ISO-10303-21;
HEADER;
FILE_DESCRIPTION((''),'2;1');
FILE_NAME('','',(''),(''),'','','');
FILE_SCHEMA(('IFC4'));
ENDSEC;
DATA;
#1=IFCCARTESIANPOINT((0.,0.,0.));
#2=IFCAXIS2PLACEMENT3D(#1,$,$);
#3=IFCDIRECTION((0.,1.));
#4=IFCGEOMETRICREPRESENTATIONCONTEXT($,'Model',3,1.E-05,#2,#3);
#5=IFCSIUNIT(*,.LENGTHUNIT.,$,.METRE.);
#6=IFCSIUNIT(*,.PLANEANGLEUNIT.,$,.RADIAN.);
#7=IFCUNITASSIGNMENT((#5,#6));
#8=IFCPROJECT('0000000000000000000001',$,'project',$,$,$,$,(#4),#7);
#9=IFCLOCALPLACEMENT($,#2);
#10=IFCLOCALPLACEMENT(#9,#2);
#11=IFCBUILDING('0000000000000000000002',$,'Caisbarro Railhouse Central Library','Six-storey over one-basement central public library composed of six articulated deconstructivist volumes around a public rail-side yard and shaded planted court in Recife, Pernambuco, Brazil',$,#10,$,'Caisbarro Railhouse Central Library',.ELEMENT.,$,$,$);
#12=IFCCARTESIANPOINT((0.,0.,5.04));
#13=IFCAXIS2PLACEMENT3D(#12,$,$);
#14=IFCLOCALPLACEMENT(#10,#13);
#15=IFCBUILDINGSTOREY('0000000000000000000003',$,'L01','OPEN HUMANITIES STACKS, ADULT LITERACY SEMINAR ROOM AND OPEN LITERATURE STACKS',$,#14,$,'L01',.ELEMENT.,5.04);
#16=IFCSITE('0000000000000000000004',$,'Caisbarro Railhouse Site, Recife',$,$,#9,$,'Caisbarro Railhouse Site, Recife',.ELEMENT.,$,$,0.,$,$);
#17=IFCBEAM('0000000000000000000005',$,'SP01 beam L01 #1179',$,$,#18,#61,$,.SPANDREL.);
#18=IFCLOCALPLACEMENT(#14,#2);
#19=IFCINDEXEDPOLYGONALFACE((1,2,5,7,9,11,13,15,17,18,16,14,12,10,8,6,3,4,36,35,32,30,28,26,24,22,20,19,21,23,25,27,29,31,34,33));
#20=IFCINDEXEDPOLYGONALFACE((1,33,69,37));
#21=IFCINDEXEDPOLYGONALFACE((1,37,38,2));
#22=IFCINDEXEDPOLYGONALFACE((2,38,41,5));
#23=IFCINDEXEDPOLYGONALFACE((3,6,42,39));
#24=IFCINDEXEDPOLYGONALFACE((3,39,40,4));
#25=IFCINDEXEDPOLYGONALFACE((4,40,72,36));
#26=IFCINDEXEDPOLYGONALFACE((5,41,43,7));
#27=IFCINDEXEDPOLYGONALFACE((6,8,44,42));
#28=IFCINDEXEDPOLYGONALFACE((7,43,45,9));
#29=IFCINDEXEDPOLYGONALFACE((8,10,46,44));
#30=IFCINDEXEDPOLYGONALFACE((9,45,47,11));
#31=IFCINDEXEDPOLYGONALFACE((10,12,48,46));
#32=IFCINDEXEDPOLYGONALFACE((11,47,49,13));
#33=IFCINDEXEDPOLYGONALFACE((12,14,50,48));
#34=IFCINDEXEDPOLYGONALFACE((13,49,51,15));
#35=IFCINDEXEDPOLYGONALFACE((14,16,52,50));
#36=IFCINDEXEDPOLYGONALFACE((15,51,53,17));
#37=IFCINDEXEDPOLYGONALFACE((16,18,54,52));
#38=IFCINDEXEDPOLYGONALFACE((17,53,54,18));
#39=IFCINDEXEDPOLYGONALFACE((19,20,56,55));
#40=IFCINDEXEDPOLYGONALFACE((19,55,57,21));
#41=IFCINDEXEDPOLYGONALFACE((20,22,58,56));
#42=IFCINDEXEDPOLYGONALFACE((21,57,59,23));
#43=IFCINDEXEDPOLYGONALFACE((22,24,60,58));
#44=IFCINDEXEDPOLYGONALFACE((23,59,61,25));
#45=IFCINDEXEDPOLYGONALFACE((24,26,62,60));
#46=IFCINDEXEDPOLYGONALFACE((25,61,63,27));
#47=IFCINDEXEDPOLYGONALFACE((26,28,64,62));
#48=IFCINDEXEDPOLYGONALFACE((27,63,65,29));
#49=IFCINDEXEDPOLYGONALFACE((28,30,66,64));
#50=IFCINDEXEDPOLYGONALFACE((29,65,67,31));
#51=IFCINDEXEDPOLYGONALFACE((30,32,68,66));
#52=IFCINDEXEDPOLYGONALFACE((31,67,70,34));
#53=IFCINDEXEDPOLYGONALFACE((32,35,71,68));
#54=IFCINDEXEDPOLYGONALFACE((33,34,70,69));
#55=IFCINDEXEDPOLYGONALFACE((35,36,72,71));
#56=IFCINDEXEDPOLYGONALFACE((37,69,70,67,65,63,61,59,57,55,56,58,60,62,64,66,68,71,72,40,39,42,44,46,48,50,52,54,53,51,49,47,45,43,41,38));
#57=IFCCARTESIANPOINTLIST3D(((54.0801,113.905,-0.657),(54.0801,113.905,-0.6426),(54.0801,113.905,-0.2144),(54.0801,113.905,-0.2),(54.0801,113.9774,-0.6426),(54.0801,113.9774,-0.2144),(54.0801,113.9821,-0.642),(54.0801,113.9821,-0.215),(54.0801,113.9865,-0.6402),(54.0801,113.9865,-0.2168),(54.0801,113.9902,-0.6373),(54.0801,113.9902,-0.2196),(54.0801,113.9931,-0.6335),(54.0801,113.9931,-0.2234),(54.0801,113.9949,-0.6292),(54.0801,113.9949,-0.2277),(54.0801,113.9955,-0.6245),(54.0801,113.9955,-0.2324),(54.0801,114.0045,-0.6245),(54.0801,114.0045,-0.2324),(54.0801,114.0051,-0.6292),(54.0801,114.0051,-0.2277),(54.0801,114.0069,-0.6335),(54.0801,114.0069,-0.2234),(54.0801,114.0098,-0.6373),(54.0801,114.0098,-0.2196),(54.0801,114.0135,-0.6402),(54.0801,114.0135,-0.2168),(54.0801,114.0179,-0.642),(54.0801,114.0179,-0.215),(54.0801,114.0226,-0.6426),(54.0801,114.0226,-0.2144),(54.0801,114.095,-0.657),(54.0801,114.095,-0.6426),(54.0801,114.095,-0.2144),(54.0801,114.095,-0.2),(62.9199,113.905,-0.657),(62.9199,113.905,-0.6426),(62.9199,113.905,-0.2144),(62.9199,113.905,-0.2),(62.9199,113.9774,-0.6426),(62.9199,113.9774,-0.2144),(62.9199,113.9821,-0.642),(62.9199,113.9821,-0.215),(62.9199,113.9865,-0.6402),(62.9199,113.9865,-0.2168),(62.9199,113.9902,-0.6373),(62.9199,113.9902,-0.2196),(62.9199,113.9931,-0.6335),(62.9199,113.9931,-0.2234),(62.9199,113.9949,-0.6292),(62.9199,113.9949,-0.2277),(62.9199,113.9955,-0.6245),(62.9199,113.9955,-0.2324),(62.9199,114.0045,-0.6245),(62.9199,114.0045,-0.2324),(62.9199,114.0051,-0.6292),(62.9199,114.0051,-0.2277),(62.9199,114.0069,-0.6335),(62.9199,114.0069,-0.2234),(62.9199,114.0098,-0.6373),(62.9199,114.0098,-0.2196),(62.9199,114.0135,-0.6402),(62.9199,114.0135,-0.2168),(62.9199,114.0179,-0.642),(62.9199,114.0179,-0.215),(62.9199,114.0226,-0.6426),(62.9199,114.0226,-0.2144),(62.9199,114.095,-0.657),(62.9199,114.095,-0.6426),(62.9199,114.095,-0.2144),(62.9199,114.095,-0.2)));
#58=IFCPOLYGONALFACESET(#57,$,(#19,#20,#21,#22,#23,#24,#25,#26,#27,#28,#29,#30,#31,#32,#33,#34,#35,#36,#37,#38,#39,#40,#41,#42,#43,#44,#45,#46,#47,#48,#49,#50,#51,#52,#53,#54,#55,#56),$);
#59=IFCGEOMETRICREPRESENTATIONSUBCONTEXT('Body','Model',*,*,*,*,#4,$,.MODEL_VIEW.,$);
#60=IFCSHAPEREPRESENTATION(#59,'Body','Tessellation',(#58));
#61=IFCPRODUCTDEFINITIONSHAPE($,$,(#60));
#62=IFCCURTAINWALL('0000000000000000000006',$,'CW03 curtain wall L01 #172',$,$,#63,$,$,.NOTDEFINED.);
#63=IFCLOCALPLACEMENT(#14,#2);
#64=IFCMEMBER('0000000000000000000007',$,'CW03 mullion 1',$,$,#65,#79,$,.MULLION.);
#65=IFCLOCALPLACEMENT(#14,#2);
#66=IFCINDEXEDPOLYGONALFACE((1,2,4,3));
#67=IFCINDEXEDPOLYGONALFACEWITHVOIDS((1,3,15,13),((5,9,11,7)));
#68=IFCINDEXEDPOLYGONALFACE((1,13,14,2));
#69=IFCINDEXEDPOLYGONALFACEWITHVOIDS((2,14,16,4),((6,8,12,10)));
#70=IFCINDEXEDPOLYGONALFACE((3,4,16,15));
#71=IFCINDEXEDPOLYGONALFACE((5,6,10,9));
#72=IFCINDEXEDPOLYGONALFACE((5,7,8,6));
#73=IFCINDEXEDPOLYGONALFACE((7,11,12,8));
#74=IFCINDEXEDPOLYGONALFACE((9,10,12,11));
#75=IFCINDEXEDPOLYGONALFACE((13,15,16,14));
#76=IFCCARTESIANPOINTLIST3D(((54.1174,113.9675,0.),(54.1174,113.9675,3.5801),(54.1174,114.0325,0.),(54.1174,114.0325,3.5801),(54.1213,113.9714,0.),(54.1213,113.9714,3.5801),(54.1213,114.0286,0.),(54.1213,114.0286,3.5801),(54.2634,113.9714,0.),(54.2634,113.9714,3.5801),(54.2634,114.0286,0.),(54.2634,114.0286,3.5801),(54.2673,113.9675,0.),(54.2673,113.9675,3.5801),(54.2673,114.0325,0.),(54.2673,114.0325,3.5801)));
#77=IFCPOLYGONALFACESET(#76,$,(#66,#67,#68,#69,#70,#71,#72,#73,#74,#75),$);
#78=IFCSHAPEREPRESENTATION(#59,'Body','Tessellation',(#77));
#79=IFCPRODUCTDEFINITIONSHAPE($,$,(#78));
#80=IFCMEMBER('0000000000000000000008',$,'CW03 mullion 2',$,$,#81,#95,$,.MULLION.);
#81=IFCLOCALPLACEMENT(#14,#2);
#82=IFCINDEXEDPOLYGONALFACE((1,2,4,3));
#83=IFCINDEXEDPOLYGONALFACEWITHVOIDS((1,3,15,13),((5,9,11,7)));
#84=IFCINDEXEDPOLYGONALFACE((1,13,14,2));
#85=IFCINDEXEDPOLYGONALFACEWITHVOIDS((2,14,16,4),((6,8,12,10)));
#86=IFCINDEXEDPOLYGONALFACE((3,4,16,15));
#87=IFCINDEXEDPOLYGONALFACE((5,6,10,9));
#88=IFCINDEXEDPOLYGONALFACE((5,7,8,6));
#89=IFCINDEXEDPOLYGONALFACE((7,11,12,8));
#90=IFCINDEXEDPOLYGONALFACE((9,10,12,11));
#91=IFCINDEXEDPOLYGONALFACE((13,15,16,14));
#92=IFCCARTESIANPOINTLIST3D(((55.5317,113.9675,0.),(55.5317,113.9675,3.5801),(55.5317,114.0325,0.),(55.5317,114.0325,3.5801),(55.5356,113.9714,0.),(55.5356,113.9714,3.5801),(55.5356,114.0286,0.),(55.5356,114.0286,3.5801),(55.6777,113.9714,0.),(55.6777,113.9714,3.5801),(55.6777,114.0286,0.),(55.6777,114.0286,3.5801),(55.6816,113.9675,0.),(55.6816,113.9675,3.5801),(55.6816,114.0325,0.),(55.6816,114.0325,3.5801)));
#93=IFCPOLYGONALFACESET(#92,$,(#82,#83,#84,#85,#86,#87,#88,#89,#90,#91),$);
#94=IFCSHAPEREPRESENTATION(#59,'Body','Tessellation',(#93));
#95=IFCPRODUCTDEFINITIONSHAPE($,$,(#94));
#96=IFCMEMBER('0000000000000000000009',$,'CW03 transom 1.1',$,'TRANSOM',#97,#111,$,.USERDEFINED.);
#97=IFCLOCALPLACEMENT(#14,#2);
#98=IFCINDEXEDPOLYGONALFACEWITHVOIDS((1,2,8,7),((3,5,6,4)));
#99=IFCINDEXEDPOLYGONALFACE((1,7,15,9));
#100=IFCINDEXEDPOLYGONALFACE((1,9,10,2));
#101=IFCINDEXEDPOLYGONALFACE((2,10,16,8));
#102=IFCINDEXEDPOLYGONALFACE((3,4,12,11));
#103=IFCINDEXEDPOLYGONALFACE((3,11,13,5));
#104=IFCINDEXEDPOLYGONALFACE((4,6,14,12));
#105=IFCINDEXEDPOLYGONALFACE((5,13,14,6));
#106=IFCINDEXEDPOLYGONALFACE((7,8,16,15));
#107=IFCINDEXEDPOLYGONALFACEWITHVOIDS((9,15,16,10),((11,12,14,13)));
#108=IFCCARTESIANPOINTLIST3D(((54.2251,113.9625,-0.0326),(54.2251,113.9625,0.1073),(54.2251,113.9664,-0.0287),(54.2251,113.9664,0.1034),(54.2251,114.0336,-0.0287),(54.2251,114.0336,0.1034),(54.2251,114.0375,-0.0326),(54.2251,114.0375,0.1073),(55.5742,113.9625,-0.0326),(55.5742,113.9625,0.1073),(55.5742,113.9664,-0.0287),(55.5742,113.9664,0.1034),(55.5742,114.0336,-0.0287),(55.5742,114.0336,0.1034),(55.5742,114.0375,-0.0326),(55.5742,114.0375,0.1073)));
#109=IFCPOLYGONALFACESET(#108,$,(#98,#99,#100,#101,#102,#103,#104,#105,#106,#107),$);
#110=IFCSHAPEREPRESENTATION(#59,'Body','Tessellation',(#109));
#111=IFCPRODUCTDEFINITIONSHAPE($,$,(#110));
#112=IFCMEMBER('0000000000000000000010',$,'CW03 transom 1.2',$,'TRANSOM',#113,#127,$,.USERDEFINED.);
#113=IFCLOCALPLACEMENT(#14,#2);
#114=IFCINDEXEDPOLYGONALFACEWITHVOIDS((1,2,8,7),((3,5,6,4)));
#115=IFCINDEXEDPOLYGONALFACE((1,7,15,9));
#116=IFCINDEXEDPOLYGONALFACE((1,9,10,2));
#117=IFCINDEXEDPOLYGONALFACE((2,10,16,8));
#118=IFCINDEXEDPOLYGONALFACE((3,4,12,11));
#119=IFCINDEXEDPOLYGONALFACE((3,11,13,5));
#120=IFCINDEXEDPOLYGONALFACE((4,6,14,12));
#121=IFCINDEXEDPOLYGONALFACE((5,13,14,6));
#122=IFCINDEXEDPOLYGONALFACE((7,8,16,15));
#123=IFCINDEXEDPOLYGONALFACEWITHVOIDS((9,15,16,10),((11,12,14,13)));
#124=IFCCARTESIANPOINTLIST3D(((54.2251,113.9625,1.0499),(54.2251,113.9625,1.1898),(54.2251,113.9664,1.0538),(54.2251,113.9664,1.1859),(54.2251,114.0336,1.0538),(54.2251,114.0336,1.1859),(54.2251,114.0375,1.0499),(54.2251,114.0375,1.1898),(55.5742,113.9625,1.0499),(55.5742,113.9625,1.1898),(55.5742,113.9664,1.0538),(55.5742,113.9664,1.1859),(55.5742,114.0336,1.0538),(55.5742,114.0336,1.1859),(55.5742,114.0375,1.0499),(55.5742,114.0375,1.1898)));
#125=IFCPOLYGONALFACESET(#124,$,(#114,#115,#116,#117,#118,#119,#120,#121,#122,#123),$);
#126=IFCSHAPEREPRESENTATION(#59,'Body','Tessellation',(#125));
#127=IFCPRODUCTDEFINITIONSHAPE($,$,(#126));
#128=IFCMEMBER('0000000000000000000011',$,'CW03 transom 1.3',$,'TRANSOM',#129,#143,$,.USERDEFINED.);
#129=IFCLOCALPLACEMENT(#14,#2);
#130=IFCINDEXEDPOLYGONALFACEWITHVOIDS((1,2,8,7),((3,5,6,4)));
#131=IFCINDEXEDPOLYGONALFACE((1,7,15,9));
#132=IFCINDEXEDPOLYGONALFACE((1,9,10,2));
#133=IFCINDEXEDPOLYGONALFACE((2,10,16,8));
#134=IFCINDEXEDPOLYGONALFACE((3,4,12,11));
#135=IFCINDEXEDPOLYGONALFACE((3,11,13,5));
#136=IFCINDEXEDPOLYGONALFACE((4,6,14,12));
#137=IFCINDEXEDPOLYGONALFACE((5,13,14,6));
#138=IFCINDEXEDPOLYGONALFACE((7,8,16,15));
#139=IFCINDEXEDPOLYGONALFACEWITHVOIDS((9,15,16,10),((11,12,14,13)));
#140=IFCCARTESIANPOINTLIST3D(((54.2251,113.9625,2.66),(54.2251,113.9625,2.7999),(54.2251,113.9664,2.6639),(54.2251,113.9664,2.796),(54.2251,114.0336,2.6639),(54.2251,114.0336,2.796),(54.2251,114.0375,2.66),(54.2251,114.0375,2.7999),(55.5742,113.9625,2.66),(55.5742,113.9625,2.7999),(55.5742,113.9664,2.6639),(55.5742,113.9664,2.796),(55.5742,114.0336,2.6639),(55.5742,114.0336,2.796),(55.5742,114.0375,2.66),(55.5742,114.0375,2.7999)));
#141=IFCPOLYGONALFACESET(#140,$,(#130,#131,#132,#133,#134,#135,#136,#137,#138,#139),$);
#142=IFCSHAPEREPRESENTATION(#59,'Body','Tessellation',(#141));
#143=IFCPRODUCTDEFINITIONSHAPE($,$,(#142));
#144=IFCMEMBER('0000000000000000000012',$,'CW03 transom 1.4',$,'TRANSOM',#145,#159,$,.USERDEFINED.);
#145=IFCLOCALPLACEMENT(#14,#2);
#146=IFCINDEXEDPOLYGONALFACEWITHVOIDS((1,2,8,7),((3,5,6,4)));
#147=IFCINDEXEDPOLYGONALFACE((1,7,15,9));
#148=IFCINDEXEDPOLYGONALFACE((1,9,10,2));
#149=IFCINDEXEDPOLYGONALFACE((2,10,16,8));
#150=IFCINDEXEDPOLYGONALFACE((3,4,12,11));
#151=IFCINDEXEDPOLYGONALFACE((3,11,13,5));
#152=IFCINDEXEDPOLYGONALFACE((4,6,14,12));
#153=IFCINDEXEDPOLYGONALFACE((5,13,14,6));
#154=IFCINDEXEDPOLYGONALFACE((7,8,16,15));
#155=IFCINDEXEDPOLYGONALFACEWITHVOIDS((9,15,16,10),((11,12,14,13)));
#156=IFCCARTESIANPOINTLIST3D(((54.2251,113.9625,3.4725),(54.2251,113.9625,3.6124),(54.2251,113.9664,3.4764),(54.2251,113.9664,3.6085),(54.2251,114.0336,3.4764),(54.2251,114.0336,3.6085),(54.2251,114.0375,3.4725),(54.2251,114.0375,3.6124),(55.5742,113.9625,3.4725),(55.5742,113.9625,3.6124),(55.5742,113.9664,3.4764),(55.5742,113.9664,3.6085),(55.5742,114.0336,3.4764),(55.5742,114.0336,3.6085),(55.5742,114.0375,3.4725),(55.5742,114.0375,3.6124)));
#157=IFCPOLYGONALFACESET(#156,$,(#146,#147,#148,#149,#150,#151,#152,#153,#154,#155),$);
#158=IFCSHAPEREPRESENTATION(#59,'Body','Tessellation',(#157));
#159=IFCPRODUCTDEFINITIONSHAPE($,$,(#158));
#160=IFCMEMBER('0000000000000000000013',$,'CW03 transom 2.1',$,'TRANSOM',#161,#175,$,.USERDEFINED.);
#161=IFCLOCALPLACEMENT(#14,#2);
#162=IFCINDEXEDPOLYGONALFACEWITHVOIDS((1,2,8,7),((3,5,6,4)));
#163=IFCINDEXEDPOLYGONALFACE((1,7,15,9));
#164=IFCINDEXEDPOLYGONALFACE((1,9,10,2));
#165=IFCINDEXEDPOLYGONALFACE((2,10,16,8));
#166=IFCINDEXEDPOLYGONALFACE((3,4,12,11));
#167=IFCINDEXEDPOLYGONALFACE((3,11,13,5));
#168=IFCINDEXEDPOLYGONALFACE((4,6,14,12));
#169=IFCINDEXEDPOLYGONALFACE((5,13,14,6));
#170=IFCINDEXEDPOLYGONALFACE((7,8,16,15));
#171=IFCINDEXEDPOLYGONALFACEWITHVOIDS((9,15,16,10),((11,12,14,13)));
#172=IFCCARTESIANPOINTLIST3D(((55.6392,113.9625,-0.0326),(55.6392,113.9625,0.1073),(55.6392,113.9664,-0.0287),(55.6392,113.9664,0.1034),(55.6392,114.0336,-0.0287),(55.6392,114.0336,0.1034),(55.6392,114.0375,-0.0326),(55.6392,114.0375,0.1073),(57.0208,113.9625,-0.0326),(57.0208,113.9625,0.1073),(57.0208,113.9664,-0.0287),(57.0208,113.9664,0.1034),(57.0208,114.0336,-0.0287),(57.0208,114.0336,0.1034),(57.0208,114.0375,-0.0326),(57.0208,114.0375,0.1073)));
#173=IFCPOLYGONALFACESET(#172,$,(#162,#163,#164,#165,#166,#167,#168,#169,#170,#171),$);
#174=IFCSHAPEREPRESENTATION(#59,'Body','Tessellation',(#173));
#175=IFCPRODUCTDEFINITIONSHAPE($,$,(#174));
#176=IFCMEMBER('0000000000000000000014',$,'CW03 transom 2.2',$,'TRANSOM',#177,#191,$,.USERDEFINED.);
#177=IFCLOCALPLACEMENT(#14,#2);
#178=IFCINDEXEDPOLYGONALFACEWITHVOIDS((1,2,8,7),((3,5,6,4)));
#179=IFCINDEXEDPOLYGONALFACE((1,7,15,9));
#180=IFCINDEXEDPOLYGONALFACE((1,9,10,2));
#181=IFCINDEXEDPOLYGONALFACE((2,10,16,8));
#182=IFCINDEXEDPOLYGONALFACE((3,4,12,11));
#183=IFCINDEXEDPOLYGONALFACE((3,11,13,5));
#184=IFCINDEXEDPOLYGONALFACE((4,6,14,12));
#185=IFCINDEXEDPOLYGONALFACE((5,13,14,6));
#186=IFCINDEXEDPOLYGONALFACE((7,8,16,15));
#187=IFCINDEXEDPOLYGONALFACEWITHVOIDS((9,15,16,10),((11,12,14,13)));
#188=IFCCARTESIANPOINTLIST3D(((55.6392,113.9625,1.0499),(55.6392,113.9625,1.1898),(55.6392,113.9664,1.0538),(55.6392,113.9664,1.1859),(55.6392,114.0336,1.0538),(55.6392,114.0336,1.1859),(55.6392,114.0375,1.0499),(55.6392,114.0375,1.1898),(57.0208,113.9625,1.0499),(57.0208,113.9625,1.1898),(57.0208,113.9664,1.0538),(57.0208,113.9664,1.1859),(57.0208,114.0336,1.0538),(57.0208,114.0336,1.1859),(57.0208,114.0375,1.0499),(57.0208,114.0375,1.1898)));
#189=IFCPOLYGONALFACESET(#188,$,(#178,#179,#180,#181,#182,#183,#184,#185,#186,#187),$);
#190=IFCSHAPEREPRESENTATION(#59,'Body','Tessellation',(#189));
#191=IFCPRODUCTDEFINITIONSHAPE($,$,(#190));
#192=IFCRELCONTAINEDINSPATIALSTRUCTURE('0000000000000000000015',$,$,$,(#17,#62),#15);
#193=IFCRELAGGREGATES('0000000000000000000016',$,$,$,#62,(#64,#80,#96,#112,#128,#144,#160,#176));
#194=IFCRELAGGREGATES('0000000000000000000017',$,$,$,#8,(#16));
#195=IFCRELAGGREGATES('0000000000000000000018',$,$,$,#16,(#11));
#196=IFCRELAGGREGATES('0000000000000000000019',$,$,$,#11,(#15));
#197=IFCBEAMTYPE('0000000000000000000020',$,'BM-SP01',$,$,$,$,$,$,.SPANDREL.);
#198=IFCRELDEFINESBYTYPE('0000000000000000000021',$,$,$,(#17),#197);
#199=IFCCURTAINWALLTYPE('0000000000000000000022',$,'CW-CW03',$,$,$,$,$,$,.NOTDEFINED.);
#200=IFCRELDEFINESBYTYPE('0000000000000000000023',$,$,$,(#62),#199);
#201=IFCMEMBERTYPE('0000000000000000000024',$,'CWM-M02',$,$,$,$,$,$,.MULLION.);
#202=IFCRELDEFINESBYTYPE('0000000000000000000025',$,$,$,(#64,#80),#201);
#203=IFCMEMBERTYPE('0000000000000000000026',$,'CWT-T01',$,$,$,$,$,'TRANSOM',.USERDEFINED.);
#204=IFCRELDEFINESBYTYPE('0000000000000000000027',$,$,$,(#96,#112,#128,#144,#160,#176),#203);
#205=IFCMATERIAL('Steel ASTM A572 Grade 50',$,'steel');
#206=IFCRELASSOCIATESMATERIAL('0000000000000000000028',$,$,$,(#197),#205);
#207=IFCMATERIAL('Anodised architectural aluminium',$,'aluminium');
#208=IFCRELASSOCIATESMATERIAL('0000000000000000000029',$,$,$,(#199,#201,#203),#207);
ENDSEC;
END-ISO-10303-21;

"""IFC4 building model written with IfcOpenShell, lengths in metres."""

from ifc_helpers import new_model, si_unit, direction, frame, origin, origin_2d, place, context, subcontext, project, spatial, hollow_rectangle, i_section, extrude, material, material_profile, profile_set, type_object, element, aggregate, save


model = new_model("IFC4")

# Units and contexts
model_context = context("Model", 3, precision=1e-05, world=origin(), true_north=direction((0.0, 1.0)))
body_context = subcontext(model_context, "Body", "Model", "MODEL_VIEW")
ifc_project = project(units=[si_unit("LENGTHUNIT", "METRE"), si_unit("PLANEANGLEUNIT", "RADIAN")], contexts=[model_context])

# Site, building, storey
site_placement = place(None, origin())
site = spatial("IfcSite", under=ifc_project, at=site_placement, Name="Caisbarro Railhouse Site, Recife", LongName="Caisbarro Railhouse Site, Recife", CompositionType="ELEMENT", RefElevation=0.0)
building_placement = place(site_placement, origin())
building = spatial("IfcBuilding", under=site, at=building_placement, Name="Caisbarro Railhouse Central Library", Description="Six-storey over one-basement central public library composed of six articulated deconstructivist volumes around a public rail-side yard and shaded planted court in Recife, Pernambuco, Brazil", LongName="Caisbarro Railhouse Central Library", CompositionType="ELEMENT")
storey_placement = place(building_placement, frame((0.0, 0.0, 5.04)))
storey = spatial("IfcBuildingStorey", under=building, at=storey_placement, Name="L01", Description="OPEN HUMANITIES STACKS, ADULT LITERACY SEMINAR ROOM AND OPEN LITERATURE STACKS", LongName="L01", CompositionType="ELEMENT", Elevation=5.04)

# Shared definitions
ifc_material_1 = material(Name="Steel ASTM A572 Grade 50", Category="steel")

# Beam
ifc_material_profile_1 = material_profile(ifc_material_1, i_section(OverallWidth=0.1899, OverallDepth=0.457, WebThickness=0.009, FlangeThickness=0.0144, FilletRadius=0.0181, at=origin_2d()), Name="W460X74.0")
ifc_profile_set_1 = profile_set([ifc_material_profile_1], Name="Steel ASTM A572 Grade 50")
beam_type_1 = type_object("IfcBeamType", Name="BM-SP01", PredefinedType="SPANDREL", material=ifc_profile_set_1)
beam_1_placement = place(storey_placement, frame((54.0801, 114.0, -0.4285), z_axis=(1.0, 0.0, 0.0), x_axis=(0.0, 1.0, 0.0)))
element("IfcBeam", 1, at=beam_1_placement, inside=storey, type_object=beam_type_1, Name="SP01 beam L01 #1179", PredefinedType="SPANDREL", context=body_context, shape_type="SweptSolid", body=[
    extrude(i_section(OverallWidth=0.1899, OverallDepth=0.457, WebThickness=0.009, FlangeThickness=0.0144, FilletRadius=0.0181, at=origin_2d()), origin(), (0.0, 0.0, 1.0), 8.8398),
])

# Curtain wall, members
ifc_material_2 = material(Name="Anodised architectural aluminium", Category="aluminium")
curtain_wall_type = type_object("IfcCurtainWallType", Name="CW-CW03", PredefinedType="NOTDEFINED", material=ifc_material_2)
curtain_wall_placement = place(storey_placement, origin())
curtain_wall = element("IfcCurtainWall", 2, at=curtain_wall_placement, inside=storey, type_object=curtain_wall_type, Name="CW03 curtain wall L01 #172", PredefinedType="NOTDEFINED")
ifc_material_profile_2 = material_profile(ifc_material_2, hollow_rectangle(XDim=0.0649, YDim=0.1499, WallThickness=0.0039, at=origin_2d()), Name="ALU-MUL-65X150")
ifc_profile_set_2 = profile_set([ifc_material_profile_2], Name="Anodised architectural aluminium")
member_type_1 = type_object("IfcMemberType", Name="CWM-M02", PredefinedType="MULLION", material=ifc_profile_set_2)
member_1_placement = place(storey_placement, frame((54.1924, 114.0, 0.0), z_axis=(0.0, 0.0, 1.0), x_axis=(0.0, 1.0, 0.0)))
member_1 = element("IfcMember", 3, at=member_1_placement, type_object=member_type_1, Name="CW03 mullion 1", PredefinedType="MULLION", context=body_context, shape_type="SweptSolid", body=[
    extrude(hollow_rectangle(XDim=0.0649, YDim=0.1499, WallThickness=0.0039, at=origin_2d()), origin(), (0.0, 0.0, 1.0), 3.5801),
])
member_2_placement = place(storey_placement, frame((55.6067, 114.0, 0.0), z_axis=(0.0, 0.0, 1.0), x_axis=(0.0, 1.0, 0.0)))
member_2 = element("IfcMember", 4, at=member_2_placement, type_object=member_type_1, Name="CW03 mullion 2", PredefinedType="MULLION", context=body_context, shape_type="SweptSolid", body=[
    extrude(hollow_rectangle(XDim=0.0649, YDim=0.1499, WallThickness=0.0039, at=origin_2d()), origin(), (0.0, 0.0, 1.0), 3.5801),
])
ifc_material_profile_3 = material_profile(ifc_material_2, hollow_rectangle(XDim=0.075, YDim=0.1399, WallThickness=0.0039, at=origin_2d()), Name="ALU-TRN-75X140")
ifc_profile_set_3 = profile_set([ifc_material_profile_3], Name="Anodised architectural aluminium")
member_type_2 = type_object("IfcMemberType", Name="CWT-T01", ElementType="TRANSOM", PredefinedType="USERDEFINED", material=ifc_profile_set_3)
member_3_placement = place(storey_placement, frame((54.2251, 114.0, 0.0374), z_axis=(1.0, 0.0, 0.0), x_axis=(0.0, 1.0, 0.0)))
member_3 = element("IfcMember", 5, at=member_3_placement, type_object=member_type_2, Name="CW03 transom 1.1", ObjectType="TRANSOM", PredefinedType="USERDEFINED", context=body_context, shape_type="SweptSolid", body=[
    extrude(hollow_rectangle(XDim=0.075, YDim=0.1399, WallThickness=0.0039, at=origin_2d()), origin(), (0.0, 0.0, 1.0), 1.3491),
])
member_4_placement = place(storey_placement, frame((54.2251, 114.0, 1.1199), z_axis=(1.0, 0.0, 0.0), x_axis=(0.0, 1.0, 0.0)))
member_4 = element("IfcMember", 6, at=member_4_placement, type_object=member_type_2, Name="CW03 transom 1.2", ObjectType="TRANSOM", PredefinedType="USERDEFINED", context=body_context, shape_type="SweptSolid", body=[
    extrude(hollow_rectangle(XDim=0.075, YDim=0.1399, WallThickness=0.0039, at=origin_2d()), origin(), (0.0, 0.0, 1.0), 1.3491),
])
member_5_placement = place(storey_placement, frame((54.2251, 114.0, 2.73), z_axis=(1.0, 0.0, 0.0), x_axis=(0.0, 1.0, 0.0)))
member_5 = element("IfcMember", 7, at=member_5_placement, type_object=member_type_2, Name="CW03 transom 1.3", ObjectType="TRANSOM", PredefinedType="USERDEFINED", context=body_context, shape_type="SweptSolid", body=[
    extrude(hollow_rectangle(XDim=0.075, YDim=0.1399, WallThickness=0.0039, at=origin_2d()), origin(), (0.0, 0.0, 1.0), 1.3491),
])
member_6_placement = place(storey_placement, frame((54.2251, 114.0, 3.5425), z_axis=(1.0, 0.0, 0.0), x_axis=(0.0, 1.0, 0.0)))
member_6 = element("IfcMember", 8, at=member_6_placement, type_object=member_type_2, Name="CW03 transom 1.4", ObjectType="TRANSOM", PredefinedType="USERDEFINED", context=body_context, shape_type="SweptSolid", body=[
    extrude(hollow_rectangle(XDim=0.075, YDim=0.1399, WallThickness=0.0039, at=origin_2d()), origin(), (0.0, 0.0, 1.0), 1.3491),
])
member_7_placement = place(storey_placement, frame((55.6392, 114.0, 0.0374), z_axis=(1.0, 0.0, 0.0), x_axis=(0.0, 1.0, 0.0)))
member_7 = element("IfcMember", 9, at=member_7_placement, type_object=member_type_2, Name="CW03 transom 2.1", ObjectType="TRANSOM", PredefinedType="USERDEFINED", context=body_context, shape_type="SweptSolid", body=[
    extrude(hollow_rectangle(XDim=0.075, YDim=0.1399, WallThickness=0.0039, at=origin_2d()), origin(), (0.0, 0.0, 1.0), 1.3816),
])
member_8_placement = place(storey_placement, frame((55.6392, 114.0, 1.1199), z_axis=(1.0, 0.0, 0.0), x_axis=(0.0, 1.0, 0.0)))
member_8 = element("IfcMember", 10, at=member_8_placement, type_object=member_type_2, Name="CW03 transom 2.2", ObjectType="TRANSOM", PredefinedType="USERDEFINED", context=body_context, shape_type="SweptSolid", body=[
    extrude(hollow_rectangle(XDim=0.075, YDim=0.1399, WallThickness=0.0039, at=origin_2d()), origin(), (0.0, 0.0, 1.0), 1.3816),
])
aggregate(curtain_wall, [member_1, member_2, member_3, member_4, member_5, member_6, member_7, member_8])

save(model, "model.ifc")
